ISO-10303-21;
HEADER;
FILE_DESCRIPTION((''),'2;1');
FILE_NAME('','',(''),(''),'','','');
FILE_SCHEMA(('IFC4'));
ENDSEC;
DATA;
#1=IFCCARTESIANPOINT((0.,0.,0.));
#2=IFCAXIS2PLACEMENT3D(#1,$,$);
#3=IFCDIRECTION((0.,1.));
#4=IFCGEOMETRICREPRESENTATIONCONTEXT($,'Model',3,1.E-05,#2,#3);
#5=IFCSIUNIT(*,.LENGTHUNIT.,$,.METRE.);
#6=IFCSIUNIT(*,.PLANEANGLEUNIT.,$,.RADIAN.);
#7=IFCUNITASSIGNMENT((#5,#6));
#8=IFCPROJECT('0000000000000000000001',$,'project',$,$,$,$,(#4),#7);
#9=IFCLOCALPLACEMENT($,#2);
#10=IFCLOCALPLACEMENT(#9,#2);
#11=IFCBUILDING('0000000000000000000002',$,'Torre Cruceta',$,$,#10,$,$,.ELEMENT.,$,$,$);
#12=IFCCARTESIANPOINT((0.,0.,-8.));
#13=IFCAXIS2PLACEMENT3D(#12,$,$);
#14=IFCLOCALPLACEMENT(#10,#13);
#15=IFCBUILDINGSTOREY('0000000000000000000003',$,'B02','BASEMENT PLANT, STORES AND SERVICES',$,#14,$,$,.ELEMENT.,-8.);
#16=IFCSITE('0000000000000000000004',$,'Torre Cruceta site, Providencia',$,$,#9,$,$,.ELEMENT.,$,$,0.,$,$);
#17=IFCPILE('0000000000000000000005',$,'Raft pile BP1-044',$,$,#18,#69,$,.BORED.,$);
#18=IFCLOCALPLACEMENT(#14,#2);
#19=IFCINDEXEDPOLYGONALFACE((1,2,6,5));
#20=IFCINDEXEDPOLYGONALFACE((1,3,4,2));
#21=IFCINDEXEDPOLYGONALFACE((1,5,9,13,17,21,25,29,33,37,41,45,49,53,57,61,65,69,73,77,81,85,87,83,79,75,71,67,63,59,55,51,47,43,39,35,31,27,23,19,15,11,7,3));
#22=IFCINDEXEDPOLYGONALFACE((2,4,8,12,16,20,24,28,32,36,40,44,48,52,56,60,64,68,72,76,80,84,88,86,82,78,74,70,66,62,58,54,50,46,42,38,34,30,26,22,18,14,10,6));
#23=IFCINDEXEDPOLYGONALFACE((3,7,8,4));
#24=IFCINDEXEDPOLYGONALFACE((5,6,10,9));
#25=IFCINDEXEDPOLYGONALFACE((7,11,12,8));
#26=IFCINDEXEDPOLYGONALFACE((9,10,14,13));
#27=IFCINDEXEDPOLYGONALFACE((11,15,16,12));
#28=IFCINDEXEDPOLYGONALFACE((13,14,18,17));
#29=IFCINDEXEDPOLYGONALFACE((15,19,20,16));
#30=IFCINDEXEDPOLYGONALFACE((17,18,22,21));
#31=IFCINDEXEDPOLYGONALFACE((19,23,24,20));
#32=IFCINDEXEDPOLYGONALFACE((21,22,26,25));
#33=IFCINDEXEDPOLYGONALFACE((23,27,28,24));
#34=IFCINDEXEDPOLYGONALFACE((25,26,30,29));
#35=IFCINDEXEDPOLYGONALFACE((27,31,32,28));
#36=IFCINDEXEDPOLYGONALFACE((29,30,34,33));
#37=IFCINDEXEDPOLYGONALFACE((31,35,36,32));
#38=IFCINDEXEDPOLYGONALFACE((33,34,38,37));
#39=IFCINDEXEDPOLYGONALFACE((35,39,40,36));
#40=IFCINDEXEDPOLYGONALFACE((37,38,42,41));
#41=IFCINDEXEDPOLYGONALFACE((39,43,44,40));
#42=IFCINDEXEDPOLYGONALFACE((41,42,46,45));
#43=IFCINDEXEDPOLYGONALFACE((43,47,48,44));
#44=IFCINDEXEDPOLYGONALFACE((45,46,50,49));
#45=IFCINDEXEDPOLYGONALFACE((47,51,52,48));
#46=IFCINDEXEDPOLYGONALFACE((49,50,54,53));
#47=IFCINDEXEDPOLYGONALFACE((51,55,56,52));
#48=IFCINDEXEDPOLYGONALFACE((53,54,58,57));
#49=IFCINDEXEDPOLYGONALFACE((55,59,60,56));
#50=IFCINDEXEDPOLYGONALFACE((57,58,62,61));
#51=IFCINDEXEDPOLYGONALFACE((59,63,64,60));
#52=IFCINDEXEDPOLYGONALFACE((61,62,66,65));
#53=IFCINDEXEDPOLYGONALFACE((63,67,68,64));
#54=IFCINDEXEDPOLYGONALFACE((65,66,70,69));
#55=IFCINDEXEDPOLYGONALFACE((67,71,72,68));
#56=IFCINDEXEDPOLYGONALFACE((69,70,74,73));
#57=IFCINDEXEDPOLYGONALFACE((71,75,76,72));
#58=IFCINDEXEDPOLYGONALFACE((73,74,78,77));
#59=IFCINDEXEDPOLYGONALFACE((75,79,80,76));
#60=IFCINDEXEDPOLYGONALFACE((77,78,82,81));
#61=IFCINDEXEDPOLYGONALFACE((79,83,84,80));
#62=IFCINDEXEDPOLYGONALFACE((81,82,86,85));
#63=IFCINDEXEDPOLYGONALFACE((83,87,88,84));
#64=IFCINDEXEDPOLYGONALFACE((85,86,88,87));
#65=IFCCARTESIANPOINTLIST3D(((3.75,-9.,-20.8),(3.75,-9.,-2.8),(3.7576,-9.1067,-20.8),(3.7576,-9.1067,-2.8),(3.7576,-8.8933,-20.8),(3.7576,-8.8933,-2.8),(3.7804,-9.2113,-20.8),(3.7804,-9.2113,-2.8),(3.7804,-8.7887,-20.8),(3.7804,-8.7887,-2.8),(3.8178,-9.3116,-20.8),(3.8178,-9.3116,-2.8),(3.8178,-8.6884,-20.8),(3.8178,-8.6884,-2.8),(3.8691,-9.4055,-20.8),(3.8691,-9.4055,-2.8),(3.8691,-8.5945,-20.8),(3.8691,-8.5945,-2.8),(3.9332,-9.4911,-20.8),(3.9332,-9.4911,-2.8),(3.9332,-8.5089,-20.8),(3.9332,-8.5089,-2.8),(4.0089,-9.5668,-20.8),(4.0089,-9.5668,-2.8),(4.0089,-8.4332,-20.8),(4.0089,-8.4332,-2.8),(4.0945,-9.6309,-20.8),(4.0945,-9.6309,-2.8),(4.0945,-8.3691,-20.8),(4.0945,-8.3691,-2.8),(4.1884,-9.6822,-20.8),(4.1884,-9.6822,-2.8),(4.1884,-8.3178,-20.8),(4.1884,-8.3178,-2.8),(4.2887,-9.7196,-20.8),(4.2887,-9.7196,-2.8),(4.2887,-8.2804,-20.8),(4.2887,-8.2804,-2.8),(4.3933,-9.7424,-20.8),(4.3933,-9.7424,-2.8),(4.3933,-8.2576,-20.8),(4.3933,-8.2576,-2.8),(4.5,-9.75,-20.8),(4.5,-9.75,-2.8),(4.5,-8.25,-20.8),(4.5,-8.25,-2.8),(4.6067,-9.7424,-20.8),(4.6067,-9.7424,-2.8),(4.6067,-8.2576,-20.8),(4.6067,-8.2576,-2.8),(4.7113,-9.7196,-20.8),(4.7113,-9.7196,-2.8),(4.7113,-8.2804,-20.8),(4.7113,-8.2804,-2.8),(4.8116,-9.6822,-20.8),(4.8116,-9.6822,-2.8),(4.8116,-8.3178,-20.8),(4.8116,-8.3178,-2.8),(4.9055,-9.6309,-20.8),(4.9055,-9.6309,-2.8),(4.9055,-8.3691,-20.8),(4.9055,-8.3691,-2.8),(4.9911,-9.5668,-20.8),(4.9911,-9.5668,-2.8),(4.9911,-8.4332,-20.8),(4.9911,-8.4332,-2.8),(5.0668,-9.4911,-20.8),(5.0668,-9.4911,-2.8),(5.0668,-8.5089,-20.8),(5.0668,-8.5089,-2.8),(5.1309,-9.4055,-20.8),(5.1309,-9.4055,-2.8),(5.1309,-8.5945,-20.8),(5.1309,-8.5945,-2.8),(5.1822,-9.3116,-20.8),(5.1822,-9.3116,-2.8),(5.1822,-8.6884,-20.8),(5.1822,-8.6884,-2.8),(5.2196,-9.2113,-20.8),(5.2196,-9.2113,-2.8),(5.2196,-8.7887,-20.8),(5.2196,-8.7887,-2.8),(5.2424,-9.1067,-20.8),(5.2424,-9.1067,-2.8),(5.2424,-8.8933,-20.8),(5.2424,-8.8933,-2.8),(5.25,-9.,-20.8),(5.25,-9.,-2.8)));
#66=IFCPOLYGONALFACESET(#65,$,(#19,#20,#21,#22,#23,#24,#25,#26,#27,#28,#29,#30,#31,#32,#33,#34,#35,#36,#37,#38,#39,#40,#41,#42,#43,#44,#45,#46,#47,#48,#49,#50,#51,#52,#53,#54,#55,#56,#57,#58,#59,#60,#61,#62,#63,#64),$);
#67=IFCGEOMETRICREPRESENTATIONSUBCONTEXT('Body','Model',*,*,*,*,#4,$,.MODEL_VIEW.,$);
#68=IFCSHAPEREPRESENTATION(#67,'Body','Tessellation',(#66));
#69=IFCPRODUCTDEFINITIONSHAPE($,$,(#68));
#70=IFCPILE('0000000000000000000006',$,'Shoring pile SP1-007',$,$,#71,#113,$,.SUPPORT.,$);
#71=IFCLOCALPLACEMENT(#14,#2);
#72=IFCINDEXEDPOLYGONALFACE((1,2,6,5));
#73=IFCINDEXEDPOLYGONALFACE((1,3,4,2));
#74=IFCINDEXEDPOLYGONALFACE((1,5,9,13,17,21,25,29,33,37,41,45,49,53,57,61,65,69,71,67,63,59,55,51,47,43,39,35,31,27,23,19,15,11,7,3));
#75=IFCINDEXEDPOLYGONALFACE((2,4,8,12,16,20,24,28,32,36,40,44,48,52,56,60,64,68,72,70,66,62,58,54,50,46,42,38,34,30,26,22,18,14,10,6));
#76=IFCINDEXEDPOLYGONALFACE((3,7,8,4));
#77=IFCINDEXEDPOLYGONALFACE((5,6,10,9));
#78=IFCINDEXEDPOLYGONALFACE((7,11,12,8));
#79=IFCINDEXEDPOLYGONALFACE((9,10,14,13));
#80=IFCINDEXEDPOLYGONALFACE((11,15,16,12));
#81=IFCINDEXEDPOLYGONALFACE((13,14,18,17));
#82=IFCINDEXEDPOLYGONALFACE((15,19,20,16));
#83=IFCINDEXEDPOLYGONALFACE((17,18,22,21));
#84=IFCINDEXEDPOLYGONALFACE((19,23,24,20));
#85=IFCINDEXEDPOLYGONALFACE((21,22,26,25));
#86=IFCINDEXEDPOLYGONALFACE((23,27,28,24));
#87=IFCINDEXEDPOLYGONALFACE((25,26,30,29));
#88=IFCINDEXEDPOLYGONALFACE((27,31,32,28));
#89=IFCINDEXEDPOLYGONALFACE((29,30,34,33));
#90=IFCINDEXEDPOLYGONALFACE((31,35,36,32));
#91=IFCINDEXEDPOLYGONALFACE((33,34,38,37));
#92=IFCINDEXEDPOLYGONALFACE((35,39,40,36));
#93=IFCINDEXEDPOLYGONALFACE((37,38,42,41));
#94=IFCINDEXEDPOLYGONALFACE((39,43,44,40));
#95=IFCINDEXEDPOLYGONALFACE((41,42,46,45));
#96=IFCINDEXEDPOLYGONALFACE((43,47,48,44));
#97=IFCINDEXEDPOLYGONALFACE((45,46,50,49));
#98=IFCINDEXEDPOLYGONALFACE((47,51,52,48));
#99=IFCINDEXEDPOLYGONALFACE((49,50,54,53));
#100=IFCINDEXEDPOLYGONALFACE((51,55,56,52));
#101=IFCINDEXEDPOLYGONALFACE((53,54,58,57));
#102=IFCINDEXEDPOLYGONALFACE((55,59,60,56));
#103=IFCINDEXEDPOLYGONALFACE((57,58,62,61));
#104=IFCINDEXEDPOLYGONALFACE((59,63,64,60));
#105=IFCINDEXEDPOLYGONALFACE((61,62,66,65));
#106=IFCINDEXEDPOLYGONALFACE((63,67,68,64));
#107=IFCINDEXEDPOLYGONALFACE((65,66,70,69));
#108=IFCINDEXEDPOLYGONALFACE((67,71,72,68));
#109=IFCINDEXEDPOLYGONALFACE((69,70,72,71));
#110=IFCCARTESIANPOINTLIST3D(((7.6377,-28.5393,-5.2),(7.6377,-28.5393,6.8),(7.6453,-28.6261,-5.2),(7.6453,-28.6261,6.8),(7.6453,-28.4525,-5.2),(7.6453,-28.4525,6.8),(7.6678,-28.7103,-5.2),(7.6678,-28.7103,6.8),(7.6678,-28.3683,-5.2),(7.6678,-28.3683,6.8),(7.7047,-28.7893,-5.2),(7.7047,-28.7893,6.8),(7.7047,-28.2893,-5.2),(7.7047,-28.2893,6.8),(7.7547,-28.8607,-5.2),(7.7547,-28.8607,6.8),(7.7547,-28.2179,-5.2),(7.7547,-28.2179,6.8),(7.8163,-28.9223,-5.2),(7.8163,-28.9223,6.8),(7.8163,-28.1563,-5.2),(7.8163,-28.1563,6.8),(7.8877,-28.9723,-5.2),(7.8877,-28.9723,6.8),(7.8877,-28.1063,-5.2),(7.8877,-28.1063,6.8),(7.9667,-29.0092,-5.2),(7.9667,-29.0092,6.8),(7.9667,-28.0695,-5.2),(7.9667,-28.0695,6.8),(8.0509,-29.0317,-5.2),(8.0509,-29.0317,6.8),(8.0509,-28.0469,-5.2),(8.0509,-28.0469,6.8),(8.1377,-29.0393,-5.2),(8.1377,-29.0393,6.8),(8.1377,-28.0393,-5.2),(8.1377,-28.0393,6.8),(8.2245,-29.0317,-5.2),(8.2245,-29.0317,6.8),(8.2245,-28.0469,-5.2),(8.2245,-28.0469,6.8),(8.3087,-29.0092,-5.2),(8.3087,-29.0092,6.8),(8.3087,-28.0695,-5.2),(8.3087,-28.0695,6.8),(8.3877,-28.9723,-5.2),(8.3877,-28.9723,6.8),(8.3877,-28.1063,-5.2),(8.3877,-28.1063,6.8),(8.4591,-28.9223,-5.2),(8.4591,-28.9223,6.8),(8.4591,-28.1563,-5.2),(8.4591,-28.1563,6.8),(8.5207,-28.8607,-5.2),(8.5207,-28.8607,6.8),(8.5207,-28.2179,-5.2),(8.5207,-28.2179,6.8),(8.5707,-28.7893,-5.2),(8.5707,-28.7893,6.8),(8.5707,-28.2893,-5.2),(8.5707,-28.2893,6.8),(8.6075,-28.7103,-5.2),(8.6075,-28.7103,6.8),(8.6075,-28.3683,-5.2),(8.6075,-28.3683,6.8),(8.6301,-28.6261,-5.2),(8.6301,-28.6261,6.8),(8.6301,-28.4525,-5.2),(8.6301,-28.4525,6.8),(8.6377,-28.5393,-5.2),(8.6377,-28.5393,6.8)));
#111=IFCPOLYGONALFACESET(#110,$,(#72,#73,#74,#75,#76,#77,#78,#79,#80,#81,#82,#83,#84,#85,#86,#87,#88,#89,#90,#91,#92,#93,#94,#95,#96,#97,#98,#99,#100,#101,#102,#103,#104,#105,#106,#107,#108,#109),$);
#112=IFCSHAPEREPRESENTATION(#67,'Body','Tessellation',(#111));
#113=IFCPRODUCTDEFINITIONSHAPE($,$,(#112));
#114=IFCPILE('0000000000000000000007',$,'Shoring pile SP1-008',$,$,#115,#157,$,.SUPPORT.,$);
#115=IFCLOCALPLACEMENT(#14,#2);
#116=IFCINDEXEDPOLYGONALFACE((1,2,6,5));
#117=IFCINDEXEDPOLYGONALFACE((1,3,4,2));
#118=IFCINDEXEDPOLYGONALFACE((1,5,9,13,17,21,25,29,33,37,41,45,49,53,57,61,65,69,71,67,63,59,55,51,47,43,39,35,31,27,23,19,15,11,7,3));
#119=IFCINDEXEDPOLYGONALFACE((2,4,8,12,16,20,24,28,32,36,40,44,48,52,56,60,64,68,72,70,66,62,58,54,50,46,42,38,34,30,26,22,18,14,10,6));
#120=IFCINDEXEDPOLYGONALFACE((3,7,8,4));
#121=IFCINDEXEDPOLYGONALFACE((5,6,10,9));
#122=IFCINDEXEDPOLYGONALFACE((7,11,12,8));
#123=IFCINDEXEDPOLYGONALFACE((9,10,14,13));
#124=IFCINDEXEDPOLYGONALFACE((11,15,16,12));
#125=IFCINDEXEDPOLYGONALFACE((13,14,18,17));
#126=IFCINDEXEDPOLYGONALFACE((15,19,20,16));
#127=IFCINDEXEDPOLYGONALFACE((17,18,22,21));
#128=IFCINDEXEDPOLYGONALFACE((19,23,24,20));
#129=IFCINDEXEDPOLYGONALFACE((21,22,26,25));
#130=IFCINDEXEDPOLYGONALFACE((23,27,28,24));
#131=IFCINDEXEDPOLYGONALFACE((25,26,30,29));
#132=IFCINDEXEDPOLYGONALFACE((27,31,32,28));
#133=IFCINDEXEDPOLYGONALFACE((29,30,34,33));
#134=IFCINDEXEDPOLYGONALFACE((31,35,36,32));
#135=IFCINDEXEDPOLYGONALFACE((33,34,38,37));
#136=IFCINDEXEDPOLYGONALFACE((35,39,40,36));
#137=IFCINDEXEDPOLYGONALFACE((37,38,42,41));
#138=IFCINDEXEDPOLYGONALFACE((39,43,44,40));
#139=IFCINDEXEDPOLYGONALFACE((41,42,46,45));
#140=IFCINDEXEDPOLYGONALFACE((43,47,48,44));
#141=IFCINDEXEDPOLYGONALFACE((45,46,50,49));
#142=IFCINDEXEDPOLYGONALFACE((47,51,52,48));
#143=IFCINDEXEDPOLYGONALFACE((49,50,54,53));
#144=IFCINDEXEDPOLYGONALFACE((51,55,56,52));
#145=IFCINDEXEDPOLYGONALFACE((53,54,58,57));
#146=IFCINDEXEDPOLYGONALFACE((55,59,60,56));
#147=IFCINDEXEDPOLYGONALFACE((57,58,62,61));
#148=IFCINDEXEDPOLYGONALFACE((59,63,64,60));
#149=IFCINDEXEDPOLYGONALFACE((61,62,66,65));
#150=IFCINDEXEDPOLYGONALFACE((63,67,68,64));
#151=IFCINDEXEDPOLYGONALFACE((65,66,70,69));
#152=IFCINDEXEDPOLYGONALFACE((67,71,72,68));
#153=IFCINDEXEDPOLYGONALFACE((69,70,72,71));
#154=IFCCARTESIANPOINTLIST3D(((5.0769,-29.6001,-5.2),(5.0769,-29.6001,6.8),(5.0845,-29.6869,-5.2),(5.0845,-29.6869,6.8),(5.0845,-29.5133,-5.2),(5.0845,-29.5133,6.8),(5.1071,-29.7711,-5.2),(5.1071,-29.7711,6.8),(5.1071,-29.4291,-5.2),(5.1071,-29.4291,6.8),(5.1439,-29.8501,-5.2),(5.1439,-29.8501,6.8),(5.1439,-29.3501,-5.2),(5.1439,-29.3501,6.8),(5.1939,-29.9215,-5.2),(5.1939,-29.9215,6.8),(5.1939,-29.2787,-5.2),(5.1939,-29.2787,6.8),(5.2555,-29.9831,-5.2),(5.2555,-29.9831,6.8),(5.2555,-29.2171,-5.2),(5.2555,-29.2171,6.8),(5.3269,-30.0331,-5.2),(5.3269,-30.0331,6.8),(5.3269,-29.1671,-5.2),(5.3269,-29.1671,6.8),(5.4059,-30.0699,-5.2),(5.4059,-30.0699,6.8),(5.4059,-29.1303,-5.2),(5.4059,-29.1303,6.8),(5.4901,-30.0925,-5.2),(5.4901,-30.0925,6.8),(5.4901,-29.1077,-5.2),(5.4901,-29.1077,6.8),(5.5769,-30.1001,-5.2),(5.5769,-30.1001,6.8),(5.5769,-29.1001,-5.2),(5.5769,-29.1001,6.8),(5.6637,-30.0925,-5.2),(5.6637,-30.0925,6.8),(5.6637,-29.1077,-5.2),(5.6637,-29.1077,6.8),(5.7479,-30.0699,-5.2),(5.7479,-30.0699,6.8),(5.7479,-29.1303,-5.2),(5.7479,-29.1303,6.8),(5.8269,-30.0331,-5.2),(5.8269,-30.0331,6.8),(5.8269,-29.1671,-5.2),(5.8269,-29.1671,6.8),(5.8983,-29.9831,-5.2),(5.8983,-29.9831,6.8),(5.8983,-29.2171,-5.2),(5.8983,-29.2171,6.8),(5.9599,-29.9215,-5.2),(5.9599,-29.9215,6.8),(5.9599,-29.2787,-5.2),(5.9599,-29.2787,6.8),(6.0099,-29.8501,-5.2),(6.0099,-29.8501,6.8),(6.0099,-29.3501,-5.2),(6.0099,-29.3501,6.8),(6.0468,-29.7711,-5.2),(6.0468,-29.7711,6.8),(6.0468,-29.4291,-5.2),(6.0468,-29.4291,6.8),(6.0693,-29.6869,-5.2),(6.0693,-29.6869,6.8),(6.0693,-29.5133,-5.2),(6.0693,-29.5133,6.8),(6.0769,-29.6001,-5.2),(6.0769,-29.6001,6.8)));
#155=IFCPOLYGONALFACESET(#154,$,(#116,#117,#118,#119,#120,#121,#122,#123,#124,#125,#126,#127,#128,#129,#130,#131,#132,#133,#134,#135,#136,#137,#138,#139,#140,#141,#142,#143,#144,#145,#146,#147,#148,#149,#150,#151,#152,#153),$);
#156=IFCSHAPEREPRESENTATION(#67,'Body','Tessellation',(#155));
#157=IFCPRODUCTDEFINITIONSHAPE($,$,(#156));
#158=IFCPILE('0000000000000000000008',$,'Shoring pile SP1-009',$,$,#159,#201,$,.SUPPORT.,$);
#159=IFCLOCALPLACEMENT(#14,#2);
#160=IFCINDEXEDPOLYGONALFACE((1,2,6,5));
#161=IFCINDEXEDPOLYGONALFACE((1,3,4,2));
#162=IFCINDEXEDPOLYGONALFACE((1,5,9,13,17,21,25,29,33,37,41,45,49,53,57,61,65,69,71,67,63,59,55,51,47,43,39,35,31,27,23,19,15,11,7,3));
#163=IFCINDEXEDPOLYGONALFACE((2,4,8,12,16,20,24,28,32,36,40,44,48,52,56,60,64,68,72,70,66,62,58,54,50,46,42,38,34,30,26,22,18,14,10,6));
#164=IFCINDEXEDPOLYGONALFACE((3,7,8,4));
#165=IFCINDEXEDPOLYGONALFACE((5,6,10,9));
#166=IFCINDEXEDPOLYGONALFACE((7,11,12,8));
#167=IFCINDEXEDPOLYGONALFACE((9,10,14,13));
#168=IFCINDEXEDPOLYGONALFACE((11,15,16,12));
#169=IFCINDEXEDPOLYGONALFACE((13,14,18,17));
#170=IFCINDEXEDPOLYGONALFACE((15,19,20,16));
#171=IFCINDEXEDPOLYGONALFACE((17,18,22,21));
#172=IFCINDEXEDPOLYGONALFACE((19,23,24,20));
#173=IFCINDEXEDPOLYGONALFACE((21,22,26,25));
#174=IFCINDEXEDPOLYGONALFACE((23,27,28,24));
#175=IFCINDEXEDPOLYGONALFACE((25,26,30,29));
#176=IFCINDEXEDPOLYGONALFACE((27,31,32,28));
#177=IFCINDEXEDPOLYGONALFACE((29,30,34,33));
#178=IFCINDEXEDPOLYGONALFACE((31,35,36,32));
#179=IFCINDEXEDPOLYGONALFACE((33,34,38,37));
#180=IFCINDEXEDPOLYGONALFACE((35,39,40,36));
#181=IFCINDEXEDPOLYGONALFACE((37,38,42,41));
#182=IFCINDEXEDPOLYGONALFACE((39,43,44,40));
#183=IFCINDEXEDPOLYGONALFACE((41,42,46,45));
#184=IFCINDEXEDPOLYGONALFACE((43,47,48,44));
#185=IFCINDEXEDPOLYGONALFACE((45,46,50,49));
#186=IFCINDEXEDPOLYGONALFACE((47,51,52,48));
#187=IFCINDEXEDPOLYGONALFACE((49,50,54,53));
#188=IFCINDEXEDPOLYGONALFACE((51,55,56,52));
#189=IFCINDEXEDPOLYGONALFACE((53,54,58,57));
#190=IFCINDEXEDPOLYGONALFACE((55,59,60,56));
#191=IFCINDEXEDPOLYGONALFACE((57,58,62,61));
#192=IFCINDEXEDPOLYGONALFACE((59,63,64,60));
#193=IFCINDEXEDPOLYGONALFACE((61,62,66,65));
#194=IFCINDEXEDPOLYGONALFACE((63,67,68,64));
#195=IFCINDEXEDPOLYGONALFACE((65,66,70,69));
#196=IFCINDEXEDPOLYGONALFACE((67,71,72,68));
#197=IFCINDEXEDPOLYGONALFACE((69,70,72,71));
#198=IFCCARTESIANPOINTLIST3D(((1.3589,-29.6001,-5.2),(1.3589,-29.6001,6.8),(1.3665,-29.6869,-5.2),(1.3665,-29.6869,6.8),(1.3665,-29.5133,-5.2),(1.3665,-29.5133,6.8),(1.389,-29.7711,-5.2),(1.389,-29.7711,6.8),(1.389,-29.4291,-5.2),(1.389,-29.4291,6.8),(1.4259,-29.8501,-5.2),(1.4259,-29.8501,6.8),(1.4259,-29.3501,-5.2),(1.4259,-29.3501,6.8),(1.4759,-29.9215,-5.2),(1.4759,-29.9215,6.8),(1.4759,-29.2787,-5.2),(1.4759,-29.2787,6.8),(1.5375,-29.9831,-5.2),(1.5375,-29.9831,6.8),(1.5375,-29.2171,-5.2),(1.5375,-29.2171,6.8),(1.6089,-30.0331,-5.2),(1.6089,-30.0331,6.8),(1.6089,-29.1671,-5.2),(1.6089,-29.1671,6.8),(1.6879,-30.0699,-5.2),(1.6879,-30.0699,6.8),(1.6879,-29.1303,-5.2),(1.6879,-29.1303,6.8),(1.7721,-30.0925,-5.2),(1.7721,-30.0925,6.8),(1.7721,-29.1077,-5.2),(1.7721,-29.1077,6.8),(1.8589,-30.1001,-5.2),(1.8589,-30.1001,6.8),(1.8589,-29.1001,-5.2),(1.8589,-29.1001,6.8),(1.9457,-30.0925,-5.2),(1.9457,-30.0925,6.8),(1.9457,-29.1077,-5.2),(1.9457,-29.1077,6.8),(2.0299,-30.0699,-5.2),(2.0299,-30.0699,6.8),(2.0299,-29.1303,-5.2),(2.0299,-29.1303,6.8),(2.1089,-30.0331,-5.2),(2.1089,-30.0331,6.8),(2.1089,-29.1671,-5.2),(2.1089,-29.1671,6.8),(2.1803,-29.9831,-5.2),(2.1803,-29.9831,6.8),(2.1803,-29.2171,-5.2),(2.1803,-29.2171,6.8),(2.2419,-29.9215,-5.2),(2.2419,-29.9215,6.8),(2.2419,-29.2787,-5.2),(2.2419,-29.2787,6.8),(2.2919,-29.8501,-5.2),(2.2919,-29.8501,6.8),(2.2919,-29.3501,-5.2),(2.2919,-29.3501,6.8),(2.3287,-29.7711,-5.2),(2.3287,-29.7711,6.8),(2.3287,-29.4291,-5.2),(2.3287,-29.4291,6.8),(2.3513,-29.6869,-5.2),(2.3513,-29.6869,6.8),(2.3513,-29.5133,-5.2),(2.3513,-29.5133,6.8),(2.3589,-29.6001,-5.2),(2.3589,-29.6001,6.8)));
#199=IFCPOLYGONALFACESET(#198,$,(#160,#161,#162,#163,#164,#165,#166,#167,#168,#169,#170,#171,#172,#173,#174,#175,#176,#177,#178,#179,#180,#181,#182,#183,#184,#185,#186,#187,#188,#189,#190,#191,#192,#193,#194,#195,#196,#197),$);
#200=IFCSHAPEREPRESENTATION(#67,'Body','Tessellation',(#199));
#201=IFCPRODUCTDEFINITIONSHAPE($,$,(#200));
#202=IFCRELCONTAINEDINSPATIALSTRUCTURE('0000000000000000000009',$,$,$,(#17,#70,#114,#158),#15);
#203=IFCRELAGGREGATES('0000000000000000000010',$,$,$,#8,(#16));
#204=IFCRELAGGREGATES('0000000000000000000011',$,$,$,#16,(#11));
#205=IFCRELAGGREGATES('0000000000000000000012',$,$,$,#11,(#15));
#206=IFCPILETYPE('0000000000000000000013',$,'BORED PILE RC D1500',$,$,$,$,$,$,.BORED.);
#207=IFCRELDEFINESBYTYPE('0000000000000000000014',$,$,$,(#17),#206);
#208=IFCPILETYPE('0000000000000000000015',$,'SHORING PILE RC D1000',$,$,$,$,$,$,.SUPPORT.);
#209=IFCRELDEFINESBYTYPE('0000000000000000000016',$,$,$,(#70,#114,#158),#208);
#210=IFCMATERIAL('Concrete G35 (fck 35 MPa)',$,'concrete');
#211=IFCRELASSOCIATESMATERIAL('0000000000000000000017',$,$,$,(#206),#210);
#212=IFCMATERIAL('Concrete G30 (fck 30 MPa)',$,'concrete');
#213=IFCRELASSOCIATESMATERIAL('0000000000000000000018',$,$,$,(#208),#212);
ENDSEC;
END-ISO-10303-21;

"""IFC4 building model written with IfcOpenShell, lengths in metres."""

from ifc_helpers import new_model, si_unit, direction, frame, origin, origin_2d, place, context, subcontext, project, spatial, circle, extrude, material, material_profile, profile_set, type_object, element, save


model = new_model("IFC4")

# Units and contexts
model_context = context("Model", 3, precision=1e-05, world=origin(), true_north=direction((0.0, 1.0)))
body_context = subcontext(model_context, "Body", "Model", "MODEL_VIEW")
ifc_project = project(units=[si_unit("LENGTHUNIT", "METRE"), si_unit("PLANEANGLEUNIT", "RADIAN")], contexts=[model_context])

# Site, building, storey
site_placement = place(None, origin())
site = spatial("IfcSite", under=ifc_project, at=site_placement, Name="Torre Cruceta site, Providencia", CompositionType="ELEMENT", RefElevation=0.0)
building_placement = place(site_placement, origin())
building = spatial("IfcBuilding", under=site, at=building_placement, Name="Torre Cruceta", CompositionType="ELEMENT")
storey_placement = place(building_placement, frame((0.0, 0.0, -8.0)))
storey = spatial("IfcBuildingStorey", under=building, at=storey_placement, Name="B02", Description="BASEMENT PLANT, STORES AND SERVICES", CompositionType="ELEMENT", Elevation=-8.0)

# Piles
ifc_material_1 = material(Name="Concrete G35 (fck 35 MPa)", Category="concrete")
ifc_material_profile_1 = material_profile(ifc_material_1, circle(Radius=0.75, at=origin_2d()), Name="RC D1500")
ifc_profile_set_1 = profile_set([ifc_material_profile_1], Name="Concrete G35 (fck 35 MPa)")
pile_type_1 = type_object("IfcPileType", Name="BORED PILE RC D1500", PredefinedType="BORED", material=ifc_profile_set_1)
for number, where, z_axis, x_axis, name in (
    (1, (4.5, -9.0, -2.8), (0.0, 0.0, -1.0), (1.0, 0.0, 0.0), "Raft pile BP1-044"),
):
    element("IfcPile", number, at=place(storey_placement, frame(where, z_axis=z_axis, x_axis=x_axis)), inside=storey, type_object=pile_type_1, Name=name, PredefinedType="BORED", context=body_context, shape_type="SweptSolid", body=[
        extrude(circle(Radius=0.75, at=origin_2d()), origin(), (0.0, 0.0, 1.0), 18.0),
    ])
ifc_material_2 = material(Name="Concrete G30 (fck 30 MPa)", Category="concrete")
ifc_material_profile_2 = material_profile(ifc_material_2, circle(Radius=0.5, at=origin_2d()), Name="RC D1000")
ifc_profile_set_2 = profile_set([ifc_material_profile_2], Name="Concrete G30 (fck 30 MPa)")
pile_type_2 = type_object("IfcPileType", Name="SHORING PILE RC D1000", PredefinedType="SUPPORT", material=ifc_profile_set_2)
for number, where, z_axis, x_axis, name in (
    (2, (8.1377, -28.5393, 6.8), (0.0, 0.0, -1.0), (1.0, 0.0, 0.0), "Shoring pile SP1-007"),
    (3, (5.5769, -29.6001, 6.8), (0.0, 0.0, -1.0), (1.0, 0.0, 0.0), "Shoring pile SP1-008"),
    (4, (1.8589, -29.6001, 6.8), (0.0, 0.0, -1.0), (1.0, 0.0, 0.0), "Shoring pile SP1-009"),
):
    element("IfcPile", number, at=place(storey_placement, frame(where, z_axis=z_axis, x_axis=x_axis)), inside=storey, type_object=pile_type_2, Name=name, PredefinedType="SUPPORT", context=body_context, shape_type="SweptSolid", body=[
        extrude(circle(Radius=0.5, at=origin_2d()), origin(), (0.0, 0.0, 1.0), 12.0),
    ])

save(model, "model.ifc")
